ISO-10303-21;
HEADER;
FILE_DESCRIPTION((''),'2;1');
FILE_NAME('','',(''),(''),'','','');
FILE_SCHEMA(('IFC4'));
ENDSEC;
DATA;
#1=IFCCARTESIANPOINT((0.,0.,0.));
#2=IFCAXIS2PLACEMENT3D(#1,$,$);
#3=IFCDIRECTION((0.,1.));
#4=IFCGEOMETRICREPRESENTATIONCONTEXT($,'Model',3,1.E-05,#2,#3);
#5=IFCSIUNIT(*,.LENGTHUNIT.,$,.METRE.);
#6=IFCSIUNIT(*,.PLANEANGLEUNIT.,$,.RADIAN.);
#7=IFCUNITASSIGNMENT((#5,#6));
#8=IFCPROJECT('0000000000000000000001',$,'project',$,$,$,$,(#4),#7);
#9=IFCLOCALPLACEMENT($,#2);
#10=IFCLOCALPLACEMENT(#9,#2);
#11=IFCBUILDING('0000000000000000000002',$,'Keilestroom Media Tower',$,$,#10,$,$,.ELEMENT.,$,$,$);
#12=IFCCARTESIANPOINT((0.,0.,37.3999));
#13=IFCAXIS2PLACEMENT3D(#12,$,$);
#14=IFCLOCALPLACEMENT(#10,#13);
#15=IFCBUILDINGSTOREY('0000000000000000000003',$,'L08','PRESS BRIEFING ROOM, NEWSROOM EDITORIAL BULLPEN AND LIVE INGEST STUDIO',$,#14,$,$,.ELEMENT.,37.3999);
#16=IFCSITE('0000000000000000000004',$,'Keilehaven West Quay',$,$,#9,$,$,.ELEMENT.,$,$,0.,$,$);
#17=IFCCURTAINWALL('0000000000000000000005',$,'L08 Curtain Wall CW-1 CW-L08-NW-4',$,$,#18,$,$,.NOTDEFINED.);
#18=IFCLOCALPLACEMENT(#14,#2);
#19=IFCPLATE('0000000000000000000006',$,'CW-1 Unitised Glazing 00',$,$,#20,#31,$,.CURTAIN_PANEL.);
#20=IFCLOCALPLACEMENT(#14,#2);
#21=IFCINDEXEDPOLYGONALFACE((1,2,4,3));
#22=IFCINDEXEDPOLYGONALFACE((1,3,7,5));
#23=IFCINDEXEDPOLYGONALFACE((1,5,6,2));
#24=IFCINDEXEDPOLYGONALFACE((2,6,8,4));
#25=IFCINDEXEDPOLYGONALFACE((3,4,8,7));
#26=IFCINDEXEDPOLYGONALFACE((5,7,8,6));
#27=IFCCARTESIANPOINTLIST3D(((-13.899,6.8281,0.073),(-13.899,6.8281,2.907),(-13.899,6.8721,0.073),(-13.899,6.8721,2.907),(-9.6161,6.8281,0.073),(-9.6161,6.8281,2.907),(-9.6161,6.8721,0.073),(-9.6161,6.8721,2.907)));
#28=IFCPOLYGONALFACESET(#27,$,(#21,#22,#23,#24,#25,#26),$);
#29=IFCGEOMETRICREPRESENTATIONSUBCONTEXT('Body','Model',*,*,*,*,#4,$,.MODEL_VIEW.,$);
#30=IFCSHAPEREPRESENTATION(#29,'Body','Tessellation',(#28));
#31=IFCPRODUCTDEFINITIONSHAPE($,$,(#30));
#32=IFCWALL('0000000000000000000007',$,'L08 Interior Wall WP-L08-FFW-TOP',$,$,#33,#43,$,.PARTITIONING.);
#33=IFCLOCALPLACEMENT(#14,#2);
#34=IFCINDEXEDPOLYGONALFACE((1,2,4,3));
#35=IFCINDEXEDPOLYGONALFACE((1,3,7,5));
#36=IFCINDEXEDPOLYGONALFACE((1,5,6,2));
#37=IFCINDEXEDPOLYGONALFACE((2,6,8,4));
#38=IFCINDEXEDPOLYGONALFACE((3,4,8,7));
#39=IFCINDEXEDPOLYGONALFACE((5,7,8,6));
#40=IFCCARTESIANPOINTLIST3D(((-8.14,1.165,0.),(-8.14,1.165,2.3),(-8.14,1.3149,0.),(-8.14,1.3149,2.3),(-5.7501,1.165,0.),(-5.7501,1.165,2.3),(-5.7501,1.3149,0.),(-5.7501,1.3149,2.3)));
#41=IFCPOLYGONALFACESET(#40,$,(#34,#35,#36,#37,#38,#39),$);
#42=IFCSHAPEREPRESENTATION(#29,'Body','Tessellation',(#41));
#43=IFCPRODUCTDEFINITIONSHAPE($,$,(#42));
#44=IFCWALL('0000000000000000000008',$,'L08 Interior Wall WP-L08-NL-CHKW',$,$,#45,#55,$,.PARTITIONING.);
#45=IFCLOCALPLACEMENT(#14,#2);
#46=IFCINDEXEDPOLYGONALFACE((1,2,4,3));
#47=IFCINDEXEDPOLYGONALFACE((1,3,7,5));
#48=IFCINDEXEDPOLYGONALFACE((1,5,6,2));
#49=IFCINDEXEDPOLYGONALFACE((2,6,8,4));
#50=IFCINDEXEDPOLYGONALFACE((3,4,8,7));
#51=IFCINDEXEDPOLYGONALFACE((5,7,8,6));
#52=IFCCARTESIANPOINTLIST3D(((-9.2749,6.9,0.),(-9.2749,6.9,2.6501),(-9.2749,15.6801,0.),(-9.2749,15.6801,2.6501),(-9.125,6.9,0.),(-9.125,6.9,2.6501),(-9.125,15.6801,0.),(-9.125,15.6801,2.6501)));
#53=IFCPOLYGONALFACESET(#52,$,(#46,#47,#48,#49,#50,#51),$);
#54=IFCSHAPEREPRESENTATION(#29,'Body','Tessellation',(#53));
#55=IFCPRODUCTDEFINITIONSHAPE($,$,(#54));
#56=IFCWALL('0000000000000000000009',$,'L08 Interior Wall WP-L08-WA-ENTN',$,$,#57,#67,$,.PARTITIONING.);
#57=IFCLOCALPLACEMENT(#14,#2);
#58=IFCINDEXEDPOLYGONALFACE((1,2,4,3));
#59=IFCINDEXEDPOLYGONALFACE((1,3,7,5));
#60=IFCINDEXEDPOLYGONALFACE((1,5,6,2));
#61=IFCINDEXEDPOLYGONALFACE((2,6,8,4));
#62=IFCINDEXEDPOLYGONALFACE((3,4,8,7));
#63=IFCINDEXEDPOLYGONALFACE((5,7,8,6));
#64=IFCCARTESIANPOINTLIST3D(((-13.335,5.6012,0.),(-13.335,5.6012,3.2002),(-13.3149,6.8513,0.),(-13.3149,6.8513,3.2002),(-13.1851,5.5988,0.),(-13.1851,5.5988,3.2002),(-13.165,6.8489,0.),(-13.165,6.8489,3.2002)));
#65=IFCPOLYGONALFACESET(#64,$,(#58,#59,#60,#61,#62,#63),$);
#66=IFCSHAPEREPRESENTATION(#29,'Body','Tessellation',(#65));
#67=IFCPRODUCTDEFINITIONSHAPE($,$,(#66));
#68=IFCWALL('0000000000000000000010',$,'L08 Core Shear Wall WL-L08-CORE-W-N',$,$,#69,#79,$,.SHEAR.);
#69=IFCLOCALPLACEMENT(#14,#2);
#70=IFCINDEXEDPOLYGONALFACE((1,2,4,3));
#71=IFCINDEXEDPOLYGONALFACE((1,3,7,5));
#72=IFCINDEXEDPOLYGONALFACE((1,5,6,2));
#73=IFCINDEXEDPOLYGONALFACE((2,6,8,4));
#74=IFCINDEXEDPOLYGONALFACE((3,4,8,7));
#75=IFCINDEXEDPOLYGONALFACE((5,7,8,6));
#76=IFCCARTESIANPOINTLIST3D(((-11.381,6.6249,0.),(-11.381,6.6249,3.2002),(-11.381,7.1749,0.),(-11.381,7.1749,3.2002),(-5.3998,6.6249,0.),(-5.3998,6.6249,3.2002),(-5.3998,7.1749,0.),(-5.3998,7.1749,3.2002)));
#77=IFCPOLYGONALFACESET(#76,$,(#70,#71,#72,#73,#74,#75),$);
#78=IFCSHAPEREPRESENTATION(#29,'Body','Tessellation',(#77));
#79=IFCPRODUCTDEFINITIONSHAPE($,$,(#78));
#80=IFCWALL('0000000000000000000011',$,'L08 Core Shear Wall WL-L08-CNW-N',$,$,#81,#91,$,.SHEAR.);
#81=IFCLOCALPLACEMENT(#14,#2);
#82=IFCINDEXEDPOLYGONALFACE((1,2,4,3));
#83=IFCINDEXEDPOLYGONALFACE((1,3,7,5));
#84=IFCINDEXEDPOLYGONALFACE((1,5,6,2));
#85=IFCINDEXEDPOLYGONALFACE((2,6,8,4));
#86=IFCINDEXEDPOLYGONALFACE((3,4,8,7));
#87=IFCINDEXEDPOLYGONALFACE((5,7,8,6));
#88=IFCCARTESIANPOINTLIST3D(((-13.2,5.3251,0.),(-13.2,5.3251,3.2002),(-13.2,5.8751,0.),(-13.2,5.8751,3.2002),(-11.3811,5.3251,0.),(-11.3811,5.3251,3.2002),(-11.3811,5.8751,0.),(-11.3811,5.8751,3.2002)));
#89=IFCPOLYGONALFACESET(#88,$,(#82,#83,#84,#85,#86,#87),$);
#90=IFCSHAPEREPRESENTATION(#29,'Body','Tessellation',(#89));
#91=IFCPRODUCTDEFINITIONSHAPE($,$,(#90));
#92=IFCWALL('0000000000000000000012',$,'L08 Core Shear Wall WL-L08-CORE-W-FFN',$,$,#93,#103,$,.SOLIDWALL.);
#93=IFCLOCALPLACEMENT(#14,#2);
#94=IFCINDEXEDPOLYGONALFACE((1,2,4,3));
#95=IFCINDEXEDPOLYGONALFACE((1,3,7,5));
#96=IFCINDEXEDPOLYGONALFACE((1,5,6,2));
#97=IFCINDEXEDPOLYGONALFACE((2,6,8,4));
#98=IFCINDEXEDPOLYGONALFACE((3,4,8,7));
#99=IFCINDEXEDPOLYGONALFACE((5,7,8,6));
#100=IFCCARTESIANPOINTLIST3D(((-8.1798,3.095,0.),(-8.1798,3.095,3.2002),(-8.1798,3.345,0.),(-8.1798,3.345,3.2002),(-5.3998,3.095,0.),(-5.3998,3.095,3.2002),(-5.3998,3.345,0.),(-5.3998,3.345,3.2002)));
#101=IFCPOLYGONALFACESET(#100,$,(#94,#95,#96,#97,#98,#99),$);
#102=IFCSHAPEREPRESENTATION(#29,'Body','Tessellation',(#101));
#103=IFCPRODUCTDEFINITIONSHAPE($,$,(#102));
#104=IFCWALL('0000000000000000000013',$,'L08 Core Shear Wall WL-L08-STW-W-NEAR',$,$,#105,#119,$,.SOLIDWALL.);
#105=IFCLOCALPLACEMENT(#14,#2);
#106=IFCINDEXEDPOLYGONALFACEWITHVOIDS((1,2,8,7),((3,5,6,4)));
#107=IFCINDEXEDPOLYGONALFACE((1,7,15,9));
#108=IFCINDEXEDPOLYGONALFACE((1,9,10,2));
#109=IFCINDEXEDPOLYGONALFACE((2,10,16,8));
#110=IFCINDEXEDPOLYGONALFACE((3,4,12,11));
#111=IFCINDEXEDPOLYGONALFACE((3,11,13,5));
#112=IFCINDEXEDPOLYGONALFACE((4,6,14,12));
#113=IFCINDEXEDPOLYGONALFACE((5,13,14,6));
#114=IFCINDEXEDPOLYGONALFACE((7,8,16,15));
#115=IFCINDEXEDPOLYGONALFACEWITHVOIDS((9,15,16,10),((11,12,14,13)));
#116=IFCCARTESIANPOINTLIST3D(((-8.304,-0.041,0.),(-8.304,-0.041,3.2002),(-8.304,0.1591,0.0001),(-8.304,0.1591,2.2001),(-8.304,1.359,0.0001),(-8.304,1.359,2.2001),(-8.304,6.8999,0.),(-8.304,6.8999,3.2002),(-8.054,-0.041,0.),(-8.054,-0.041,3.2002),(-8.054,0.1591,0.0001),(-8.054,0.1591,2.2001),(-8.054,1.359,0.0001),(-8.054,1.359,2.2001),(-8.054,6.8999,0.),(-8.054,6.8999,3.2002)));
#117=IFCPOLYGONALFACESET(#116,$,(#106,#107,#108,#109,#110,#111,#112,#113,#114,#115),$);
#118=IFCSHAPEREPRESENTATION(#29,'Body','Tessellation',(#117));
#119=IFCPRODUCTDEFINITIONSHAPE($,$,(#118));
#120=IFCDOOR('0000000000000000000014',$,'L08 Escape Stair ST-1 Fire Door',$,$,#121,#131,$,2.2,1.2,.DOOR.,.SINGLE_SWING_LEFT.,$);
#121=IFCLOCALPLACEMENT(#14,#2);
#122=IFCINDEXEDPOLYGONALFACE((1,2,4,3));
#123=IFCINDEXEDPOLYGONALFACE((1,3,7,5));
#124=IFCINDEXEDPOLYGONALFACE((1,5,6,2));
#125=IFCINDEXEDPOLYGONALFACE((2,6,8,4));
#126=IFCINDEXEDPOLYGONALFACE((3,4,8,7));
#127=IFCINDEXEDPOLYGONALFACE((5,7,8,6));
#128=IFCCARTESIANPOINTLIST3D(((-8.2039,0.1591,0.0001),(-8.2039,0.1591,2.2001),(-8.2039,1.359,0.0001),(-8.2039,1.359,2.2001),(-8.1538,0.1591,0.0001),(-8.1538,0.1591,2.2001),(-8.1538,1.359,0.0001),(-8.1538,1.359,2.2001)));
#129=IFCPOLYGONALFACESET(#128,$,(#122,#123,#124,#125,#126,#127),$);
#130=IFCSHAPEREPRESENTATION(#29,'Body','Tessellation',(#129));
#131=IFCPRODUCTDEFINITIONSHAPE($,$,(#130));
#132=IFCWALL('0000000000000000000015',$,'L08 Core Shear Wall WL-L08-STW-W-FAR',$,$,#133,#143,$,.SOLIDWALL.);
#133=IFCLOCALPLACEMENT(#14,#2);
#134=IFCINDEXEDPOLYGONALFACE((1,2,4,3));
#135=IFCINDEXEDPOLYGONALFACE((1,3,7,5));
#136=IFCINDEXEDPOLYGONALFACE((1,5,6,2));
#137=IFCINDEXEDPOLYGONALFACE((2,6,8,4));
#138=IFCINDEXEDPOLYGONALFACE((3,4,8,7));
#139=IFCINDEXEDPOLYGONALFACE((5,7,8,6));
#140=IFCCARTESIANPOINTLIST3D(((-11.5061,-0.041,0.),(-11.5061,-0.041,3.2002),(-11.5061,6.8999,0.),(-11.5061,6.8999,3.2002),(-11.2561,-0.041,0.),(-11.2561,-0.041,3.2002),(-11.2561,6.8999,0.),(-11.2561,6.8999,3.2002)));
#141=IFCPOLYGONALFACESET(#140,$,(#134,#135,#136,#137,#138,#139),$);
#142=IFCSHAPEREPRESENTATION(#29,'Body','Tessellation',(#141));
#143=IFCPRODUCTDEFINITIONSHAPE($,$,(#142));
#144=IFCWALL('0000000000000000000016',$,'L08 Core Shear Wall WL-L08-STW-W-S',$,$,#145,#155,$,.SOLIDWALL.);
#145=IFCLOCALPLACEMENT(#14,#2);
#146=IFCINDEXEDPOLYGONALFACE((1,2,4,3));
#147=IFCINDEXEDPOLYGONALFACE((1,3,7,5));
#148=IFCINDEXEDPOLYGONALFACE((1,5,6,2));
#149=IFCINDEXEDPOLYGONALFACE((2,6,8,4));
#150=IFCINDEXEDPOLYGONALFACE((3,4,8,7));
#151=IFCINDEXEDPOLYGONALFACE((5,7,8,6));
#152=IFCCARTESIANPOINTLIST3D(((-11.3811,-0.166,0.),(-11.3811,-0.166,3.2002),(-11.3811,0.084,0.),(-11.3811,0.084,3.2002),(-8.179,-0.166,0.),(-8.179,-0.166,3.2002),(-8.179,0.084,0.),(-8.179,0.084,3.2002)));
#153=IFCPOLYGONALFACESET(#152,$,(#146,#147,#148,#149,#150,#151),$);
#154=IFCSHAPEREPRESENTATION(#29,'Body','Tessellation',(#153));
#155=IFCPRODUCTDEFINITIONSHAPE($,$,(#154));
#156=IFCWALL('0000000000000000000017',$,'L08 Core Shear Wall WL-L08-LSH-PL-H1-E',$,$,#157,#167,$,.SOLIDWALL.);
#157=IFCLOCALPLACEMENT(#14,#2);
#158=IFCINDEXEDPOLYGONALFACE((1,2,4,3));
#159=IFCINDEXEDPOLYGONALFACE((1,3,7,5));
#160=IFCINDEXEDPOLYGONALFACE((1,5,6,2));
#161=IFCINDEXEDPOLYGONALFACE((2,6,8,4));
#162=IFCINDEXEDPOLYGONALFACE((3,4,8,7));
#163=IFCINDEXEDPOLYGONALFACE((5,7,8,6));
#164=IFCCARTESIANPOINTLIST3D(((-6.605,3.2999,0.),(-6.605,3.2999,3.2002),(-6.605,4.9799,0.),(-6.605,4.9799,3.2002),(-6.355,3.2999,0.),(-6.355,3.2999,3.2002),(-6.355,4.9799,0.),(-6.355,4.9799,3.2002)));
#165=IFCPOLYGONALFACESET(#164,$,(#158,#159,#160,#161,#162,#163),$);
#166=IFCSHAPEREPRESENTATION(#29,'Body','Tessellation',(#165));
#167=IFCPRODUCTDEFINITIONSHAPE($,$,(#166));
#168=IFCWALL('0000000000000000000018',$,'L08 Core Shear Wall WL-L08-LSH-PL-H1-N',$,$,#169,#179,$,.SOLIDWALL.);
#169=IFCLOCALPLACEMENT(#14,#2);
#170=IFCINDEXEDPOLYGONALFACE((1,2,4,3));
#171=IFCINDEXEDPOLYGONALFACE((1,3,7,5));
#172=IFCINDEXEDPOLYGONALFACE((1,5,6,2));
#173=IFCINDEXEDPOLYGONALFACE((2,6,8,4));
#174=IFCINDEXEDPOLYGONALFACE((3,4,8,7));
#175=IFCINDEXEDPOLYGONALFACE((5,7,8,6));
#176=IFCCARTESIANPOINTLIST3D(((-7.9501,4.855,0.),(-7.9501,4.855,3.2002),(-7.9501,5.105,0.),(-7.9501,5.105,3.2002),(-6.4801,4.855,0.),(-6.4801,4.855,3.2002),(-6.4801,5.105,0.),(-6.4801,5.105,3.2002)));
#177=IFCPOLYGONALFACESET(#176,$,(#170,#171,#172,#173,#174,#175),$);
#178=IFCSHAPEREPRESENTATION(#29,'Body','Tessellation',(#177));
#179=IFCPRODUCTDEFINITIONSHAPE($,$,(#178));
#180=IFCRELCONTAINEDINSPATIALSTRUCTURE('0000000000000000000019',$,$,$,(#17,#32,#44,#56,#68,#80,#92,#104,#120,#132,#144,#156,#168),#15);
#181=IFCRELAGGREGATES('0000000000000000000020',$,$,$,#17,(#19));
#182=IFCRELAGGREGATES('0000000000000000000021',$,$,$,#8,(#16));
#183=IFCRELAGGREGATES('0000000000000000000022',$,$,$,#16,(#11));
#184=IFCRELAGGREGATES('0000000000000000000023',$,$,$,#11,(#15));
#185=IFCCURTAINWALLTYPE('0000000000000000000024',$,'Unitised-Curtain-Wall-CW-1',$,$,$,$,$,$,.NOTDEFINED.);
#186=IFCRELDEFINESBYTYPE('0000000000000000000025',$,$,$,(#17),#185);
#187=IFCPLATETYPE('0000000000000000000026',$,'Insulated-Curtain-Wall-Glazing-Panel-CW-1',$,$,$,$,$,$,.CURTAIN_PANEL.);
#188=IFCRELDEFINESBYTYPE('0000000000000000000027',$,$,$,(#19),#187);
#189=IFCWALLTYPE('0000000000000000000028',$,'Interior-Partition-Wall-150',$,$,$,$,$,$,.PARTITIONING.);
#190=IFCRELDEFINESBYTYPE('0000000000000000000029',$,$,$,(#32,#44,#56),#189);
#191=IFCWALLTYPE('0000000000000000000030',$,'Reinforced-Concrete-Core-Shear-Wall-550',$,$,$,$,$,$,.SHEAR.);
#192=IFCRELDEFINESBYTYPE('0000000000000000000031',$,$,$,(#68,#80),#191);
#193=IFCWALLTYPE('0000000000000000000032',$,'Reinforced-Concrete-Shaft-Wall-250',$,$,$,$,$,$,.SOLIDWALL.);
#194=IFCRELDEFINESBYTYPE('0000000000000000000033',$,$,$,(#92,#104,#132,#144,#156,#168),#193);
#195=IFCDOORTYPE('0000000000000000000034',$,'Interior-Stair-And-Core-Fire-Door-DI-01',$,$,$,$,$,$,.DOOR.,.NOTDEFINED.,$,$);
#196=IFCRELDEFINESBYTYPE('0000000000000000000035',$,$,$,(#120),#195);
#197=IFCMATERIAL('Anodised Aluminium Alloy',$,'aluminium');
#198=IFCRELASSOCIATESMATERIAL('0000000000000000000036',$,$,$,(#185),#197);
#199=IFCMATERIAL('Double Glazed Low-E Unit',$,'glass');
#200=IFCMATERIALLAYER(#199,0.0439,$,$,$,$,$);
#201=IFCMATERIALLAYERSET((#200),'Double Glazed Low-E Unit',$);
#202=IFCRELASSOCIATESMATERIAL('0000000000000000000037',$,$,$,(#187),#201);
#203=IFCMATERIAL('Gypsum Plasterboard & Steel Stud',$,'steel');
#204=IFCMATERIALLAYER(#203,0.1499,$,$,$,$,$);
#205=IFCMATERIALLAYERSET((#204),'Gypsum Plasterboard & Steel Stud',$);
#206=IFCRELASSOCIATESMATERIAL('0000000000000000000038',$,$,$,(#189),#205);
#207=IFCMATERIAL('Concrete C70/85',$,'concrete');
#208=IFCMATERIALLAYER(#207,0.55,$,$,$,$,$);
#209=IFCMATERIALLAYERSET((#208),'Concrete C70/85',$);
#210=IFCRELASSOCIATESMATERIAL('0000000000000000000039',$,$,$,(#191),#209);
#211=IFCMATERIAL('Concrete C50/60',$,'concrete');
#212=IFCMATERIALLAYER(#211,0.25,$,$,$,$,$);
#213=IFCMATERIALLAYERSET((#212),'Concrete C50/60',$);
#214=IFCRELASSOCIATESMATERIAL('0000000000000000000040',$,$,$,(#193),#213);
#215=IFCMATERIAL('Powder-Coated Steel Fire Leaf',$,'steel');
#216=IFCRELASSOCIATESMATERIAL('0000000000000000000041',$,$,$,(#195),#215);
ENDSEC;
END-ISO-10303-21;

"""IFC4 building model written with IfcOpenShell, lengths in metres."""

from ifc_helpers import new_model, si_unit, direction, frame, frame_2d, origin, origin_2d, place, context, subcontext, project, spatial, rectangle, extrude, source, transform, mapped, material, layer, layer_set, type_object, element, fill, aggregate, save


model = new_model("IFC4")

# Units and contexts
model_context = context("Model", 3, precision=1e-05, world=origin(), true_north=direction((0.0, 1.0)))
body_context = subcontext(model_context, "Body", "Model", "MODEL_VIEW")
ifc_project = project(units=[si_unit("LENGTHUNIT", "METRE"), si_unit("PLANEANGLEUNIT", "RADIAN")], contexts=[model_context])

# Site, building, storey
site_placement = place(None, origin())
site = spatial("IfcSite", under=ifc_project, at=site_placement, Name="Keilehaven West Quay", CompositionType="ELEMENT", RefElevation=0.0)
building_placement = place(site_placement, origin())
building = spatial("IfcBuilding", under=site, at=building_placement, Name="Keilestroom Media Tower", CompositionType="ELEMENT")
storey_placement = place(building_placement, frame((0.0, 0.0, 37.3999)))
storey = spatial("IfcBuildingStorey", under=building, at=storey_placement, Name="L08", Description="PRESS BRIEFING ROOM, NEWSROOM EDITORIAL BULLPEN AND LIVE INGEST STUDIO", CompositionType="ELEMENT", Elevation=37.3999)

# Curtain wall
ifc_material_1 = material(Name="Anodised Aluminium Alloy", Category="aluminium")
curtain_wall_type = type_object("IfcCurtainWallType", Name="Unitised-Curtain-Wall-CW-1", PredefinedType="NOTDEFINED", material=ifc_material_1)
curtain_wall_placement = place(storey_placement, origin())
curtain_wall = element("IfcCurtainWall", 1, at=curtain_wall_placement, inside=storey, type_object=curtain_wall_type, Name="L08 Curtain Wall CW-1 CW-L08-NW-4", PredefinedType="NOTDEFINED")

# Shared definitions
ifc_material_2 = material(Name="Concrete C50/60", Category="concrete")

# Plate
ifc_material_3 = material(Name="Double Glazed Low-E Unit", Category="glass")
ifc_layer_1 = layer(ifc_material_3, 0.0439)
ifc_layer_set_1 = layer_set([ifc_layer_1], Name="Double Glazed Low-E Unit")
plate_type = type_object("IfcPlateType", Name="Insulated-Curtain-Wall-Glazing-Panel-CW-1", PredefinedType="CURTAIN_PANEL", material=ifc_layer_set_1)
shared_shape_1 = source(origin(), body_context, "Body", "SweptSolid", [
    extrude(rectangle(XDim=4.283, YDim=0.0439, at=origin_2d()), origin(), (0.0, 0.0, 1.0), 2.834),
])
plate_placement = place(storey_placement, frame((-11.7576, 6.8501, 0.073), z_axis=(0.0, 0.0, 1.0), x_axis=(1.0, 0.0, 0.0)))
plate = element("IfcPlate", 2, at=plate_placement, type_object=plate_type, Name="CW-1 Unitised Glazing 00", PredefinedType="CURTAIN_PANEL", context=body_context, shape_type="MappedRepresentation", body=[
    mapped(shared_shape_1, transform((0.0, 0.0, 0.0), x_axis=(1.0, 0.0, 0.0), y_axis=(0.0, 1.0, 0.0), z_axis=(0.0, 0.0, 1.0), scale=1.0)),
])
aggregate(curtain_wall, [plate])

# Walls
ifc_material_4 = material(Name="Gypsum Plasterboard & Steel Stud", Category="steel")
ifc_layer_2 = layer(ifc_material_4, 0.1499)
ifc_layer_set_2 = layer_set([ifc_layer_2], Name="Gypsum Plasterboard & Steel Stud")
wall_type_1 = type_object("IfcWallType", Name="Interior-Partition-Wall-150", PredefinedType="PARTITIONING", material=ifc_layer_set_2)
wall_1_placement = place(storey_placement, frame((-8.1399, 1.24, 0.0), z_axis=(0.0, 0.0, 1.0), x_axis=(1.0, 0.0, 0.0)))
element("IfcWall", 3, at=wall_1_placement, inside=storey, type_object=wall_type_1, Name="L08 Interior Wall WP-L08-FFW-TOP", PredefinedType="PARTITIONING", context=body_context, shape_type="SweptSolid", body=[
    extrude(rectangle(XDim=2.3899, YDim=0.1499, at=frame_2d((1.1948, 0.0))), origin(), (0.0, 0.0, 1.0), 2.3),
])
wall_2_placement = place(storey_placement, frame((-9.2, 6.8999, 0.0), z_axis=(0.0, 0.0, 1.0), x_axis=(0.0, 1.0, 0.0)))
element("IfcWall", 4, at=wall_2_placement, inside=storey, type_object=wall_type_1, Name="L08 Interior Wall WP-L08-NL-CHKW", PredefinedType="PARTITIONING", context=body_context, shape_type="SweptSolid", body=[
    extrude(rectangle(XDim=8.78, YDim=0.1499, at=frame_2d((4.3901, 0.0))), origin(), (0.0, 0.0, 1.0), 2.6501),
])
wall_3_placement = place(storey_placement, frame((-13.26, 5.6001, 0.0), z_axis=(0.0, 0.0, 1.0), x_axis=(0.016014, 0.999872, 0.0)))
element("IfcWall", 5, at=wall_3_placement, inside=storey, type_object=wall_type_1, Name="L08 Interior Wall WP-L08-WA-ENTN", PredefinedType="PARTITIONING", context=body_context, shape_type="SweptSolid", body=[
    extrude(rectangle(XDim=1.2502, YDim=0.1499, at=frame_2d((0.625, 0.0))), origin(), (0.0, 0.0, 1.0), 3.2002),
])
ifc_material_5 = material(Name="Concrete C70/85", Category="concrete")
ifc_layer_3 = layer(ifc_material_5, 0.55)
ifc_layer_set_3 = layer_set([ifc_layer_3], Name="Concrete C70/85")
wall_type_2 = type_object("IfcWallType", Name="Reinforced-Concrete-Core-Shear-Wall-550", PredefinedType="SHEAR", material=ifc_layer_set_3)
wall_4_placement = place(storey_placement, frame((-11.3811, 6.8999, 0.0), z_axis=(0.0, 0.0, 1.0), x_axis=(1.0, 0.0, 0.0)))
element("IfcWall", 6, at=wall_4_placement, inside=storey, type_object=wall_type_2, Name="L08 Core Shear Wall WL-L08-CORE-W-N", PredefinedType="SHEAR", context=body_context, shape_type="SweptSolid", body=[
    extrude(rectangle(XDim=5.9812, YDim=0.55, at=frame_2d((2.9907, 0.0))), origin(), (0.0, 0.0, 1.0), 3.2002),
])
wall_5_placement = place(storey_placement, frame((-13.2, 5.6001, 0.0), z_axis=(0.0, 0.0, 1.0), x_axis=(1.0, 0.0, 0.0)))
element("IfcWall", 7, at=wall_5_placement, inside=storey, type_object=wall_type_2, Name="L08 Core Shear Wall WL-L08-CNW-N", PredefinedType="SHEAR", context=body_context, shape_type="SweptSolid", body=[
    extrude(rectangle(XDim=1.8188, YDim=0.55, at=frame_2d((0.9094, 0.0))), origin(), (0.0, 0.0, 1.0), 3.2002),
])
ifc_layer_4 = layer(ifc_material_2, 0.25)
ifc_layer_set_4 = layer_set([ifc_layer_4], Name="Concrete C50/60")
wall_type_3 = type_object("IfcWallType", Name="Reinforced-Concrete-Shaft-Wall-250", PredefinedType="SOLIDWALL", material=ifc_layer_set_4)
wall_6_placement = place(storey_placement, frame((-8.1799, 3.22, 0.0), z_axis=(0.0, 0.0, 1.0), x_axis=(1.0, 0.0, 0.0)))
element("IfcWall", 8, at=wall_6_placement, inside=storey, type_object=wall_type_3, Name="L08 Core Shear Wall WL-L08-CORE-W-FFN", PredefinedType="SOLIDWALL", context=body_context, shape_type="SweptSolid", body=[
    extrude(rectangle(XDim=2.78, YDim=0.25, at=frame_2d((1.3901, 0.0))), origin(), (0.0, 0.0, 1.0), 3.2002),
])

# Wall, opening, door
wall_7_placement = place(storey_placement, frame((-8.179, -0.041, 0.0), z_axis=(0.0, 0.0, 1.0), x_axis=(0.0, 1.0, 0.0)))
wall_7 = element("IfcWall", 9, at=wall_7_placement, inside=storey, type_object=wall_type_3, Name="L08 Core Shear Wall WL-L08-STW-W-NEAR", PredefinedType="SOLIDWALL", context=body_context, shape_type="SweptSolid", body=[
    extrude(rectangle(XDim=6.9409, YDim=0.25, at=frame_2d((3.4705, 0.0))), origin(), (0.0, 0.0, 1.0), 3.2002),
])
opening_placement = place(wall_7_placement, frame((0.2, 0.0, 0.0)))
opening = element("IfcOpeningElement", 10, at=opening_placement, cuts=wall_7, PredefinedType="OPENING", context=body_context, shape_type="SweptSolid", body=[
    extrude(rectangle(XDim=1.2, YDim=2.2, at=frame_2d((0.6001, 1.1001))), frame((0.0, 0.135, 0.0), z_axis=(0.0, -1.0, 0.0), x_axis=(1.0, 0.0, 0.0)), (0.0, 0.0, 1.0), 0.27),
])
ifc_material_6 = material(Name="Powder-Coated Steel Fire Leaf", Category="steel")
door_type = type_object("IfcDoorType", Name="Interior-Stair-And-Core-Fire-Door-DI-01", OperationType="NOTDEFINED", PredefinedType="DOOR", material=ifc_material_6)
shared_shape_2 = source(origin(), body_context, "Body", "SweptSolid", [
    extrude(rectangle(XDim=1.2, YDim=2.2, at=frame_2d((0.6001, 1.1001))), frame((0.0, 0.0249, 0.0), z_axis=(0.0, -1.0, 0.0), x_axis=(1.0, 0.0, 0.0)), (0.0, 0.0, 1.0), 0.05),
])
door_placement = place(opening_placement, origin())
door = element("IfcDoor", 11, at=door_placement, inside=storey, type_object=door_type, Name="L08 Escape Stair ST-1 Fire Door", OperationType="SINGLE_SWING_LEFT", OverallHeight=2.2, OverallWidth=1.2, PredefinedType="DOOR", context=body_context, shape_type="MappedRepresentation", body=[
    mapped(shared_shape_2, transform((0.0, 0.0, 0.0), x_axis=(1.0, 0.0, 0.0), y_axis=(0.0, 1.0, 0.0), z_axis=(0.0, 0.0, 1.0), scale=1.0)),
])
fill(opening, door)

# Walls
wall_8_placement = place(storey_placement, frame((-11.3811, -0.041, 0.0), z_axis=(0.0, 0.0, 1.0), x_axis=(0.0, 1.0, 0.0)))
element("IfcWall", 12, at=wall_8_placement, inside=storey, type_object=wall_type_3, Name="L08 Core Shear Wall WL-L08-STW-W-FAR", PredefinedType="SOLIDWALL", context=body_context, shape_type="SweptSolid", body=[
    extrude(rectangle(XDim=6.9409, YDim=0.25, at=frame_2d((3.4705, 0.0))), origin(), (0.0, 0.0, 1.0), 3.2002),
])
wall_9_placement = place(storey_placement, frame((-11.3811, -0.041, 0.0), z_axis=(0.0, 0.0, 1.0), x_axis=(1.0, 0.0, 0.0)))
element("IfcWall", 13, at=wall_9_placement, inside=storey, type_object=wall_type_3, Name="L08 Core Shear Wall WL-L08-STW-W-S", PredefinedType="SOLIDWALL", context=body_context, shape_type="SweptSolid", body=[
    extrude(rectangle(XDim=3.2021, YDim=0.25, at=frame_2d((1.6011, 0.0))), origin(), (0.0, 0.0, 1.0), 3.2002),
])
wall_10_placement = place(storey_placement, frame((-6.48, 3.3, 0.0), z_axis=(0.0, 0.0, 1.0), x_axis=(0.0, 1.0, 0.0)))
element("IfcWall", 14, at=wall_10_placement, inside=storey, type_object=wall_type_3, Name="L08 Core Shear Wall WL-L08-LSH-PL-H1-E", PredefinedType="SOLIDWALL", context=body_context, shape_type="SweptSolid", body=[
    extrude(rectangle(XDim=1.6799, YDim=0.25, at=frame_2d((0.8398, 0.0))), origin(), (0.0, 0.0, 1.0), 3.2002),
])
wall_11_placement = place(storey_placement, frame((-7.95, 4.98, 0.0), z_axis=(0.0, 0.0, 1.0), x_axis=(1.0, 0.0, 0.0)))
element("IfcWall", 15, at=wall_11_placement, inside=storey, type_object=wall_type_3, Name="L08 Core Shear Wall WL-L08-LSH-PL-H1-N", PredefinedType="SOLIDWALL", context=body_context, shape_type="SweptSolid", body=[
    extrude(rectangle(XDim=1.47, YDim=0.25, at=frame_2d((0.7349, 0.0))), origin(), (0.0, 0.0, 1.0), 3.2002),
])

save(model, "model.ifc")
